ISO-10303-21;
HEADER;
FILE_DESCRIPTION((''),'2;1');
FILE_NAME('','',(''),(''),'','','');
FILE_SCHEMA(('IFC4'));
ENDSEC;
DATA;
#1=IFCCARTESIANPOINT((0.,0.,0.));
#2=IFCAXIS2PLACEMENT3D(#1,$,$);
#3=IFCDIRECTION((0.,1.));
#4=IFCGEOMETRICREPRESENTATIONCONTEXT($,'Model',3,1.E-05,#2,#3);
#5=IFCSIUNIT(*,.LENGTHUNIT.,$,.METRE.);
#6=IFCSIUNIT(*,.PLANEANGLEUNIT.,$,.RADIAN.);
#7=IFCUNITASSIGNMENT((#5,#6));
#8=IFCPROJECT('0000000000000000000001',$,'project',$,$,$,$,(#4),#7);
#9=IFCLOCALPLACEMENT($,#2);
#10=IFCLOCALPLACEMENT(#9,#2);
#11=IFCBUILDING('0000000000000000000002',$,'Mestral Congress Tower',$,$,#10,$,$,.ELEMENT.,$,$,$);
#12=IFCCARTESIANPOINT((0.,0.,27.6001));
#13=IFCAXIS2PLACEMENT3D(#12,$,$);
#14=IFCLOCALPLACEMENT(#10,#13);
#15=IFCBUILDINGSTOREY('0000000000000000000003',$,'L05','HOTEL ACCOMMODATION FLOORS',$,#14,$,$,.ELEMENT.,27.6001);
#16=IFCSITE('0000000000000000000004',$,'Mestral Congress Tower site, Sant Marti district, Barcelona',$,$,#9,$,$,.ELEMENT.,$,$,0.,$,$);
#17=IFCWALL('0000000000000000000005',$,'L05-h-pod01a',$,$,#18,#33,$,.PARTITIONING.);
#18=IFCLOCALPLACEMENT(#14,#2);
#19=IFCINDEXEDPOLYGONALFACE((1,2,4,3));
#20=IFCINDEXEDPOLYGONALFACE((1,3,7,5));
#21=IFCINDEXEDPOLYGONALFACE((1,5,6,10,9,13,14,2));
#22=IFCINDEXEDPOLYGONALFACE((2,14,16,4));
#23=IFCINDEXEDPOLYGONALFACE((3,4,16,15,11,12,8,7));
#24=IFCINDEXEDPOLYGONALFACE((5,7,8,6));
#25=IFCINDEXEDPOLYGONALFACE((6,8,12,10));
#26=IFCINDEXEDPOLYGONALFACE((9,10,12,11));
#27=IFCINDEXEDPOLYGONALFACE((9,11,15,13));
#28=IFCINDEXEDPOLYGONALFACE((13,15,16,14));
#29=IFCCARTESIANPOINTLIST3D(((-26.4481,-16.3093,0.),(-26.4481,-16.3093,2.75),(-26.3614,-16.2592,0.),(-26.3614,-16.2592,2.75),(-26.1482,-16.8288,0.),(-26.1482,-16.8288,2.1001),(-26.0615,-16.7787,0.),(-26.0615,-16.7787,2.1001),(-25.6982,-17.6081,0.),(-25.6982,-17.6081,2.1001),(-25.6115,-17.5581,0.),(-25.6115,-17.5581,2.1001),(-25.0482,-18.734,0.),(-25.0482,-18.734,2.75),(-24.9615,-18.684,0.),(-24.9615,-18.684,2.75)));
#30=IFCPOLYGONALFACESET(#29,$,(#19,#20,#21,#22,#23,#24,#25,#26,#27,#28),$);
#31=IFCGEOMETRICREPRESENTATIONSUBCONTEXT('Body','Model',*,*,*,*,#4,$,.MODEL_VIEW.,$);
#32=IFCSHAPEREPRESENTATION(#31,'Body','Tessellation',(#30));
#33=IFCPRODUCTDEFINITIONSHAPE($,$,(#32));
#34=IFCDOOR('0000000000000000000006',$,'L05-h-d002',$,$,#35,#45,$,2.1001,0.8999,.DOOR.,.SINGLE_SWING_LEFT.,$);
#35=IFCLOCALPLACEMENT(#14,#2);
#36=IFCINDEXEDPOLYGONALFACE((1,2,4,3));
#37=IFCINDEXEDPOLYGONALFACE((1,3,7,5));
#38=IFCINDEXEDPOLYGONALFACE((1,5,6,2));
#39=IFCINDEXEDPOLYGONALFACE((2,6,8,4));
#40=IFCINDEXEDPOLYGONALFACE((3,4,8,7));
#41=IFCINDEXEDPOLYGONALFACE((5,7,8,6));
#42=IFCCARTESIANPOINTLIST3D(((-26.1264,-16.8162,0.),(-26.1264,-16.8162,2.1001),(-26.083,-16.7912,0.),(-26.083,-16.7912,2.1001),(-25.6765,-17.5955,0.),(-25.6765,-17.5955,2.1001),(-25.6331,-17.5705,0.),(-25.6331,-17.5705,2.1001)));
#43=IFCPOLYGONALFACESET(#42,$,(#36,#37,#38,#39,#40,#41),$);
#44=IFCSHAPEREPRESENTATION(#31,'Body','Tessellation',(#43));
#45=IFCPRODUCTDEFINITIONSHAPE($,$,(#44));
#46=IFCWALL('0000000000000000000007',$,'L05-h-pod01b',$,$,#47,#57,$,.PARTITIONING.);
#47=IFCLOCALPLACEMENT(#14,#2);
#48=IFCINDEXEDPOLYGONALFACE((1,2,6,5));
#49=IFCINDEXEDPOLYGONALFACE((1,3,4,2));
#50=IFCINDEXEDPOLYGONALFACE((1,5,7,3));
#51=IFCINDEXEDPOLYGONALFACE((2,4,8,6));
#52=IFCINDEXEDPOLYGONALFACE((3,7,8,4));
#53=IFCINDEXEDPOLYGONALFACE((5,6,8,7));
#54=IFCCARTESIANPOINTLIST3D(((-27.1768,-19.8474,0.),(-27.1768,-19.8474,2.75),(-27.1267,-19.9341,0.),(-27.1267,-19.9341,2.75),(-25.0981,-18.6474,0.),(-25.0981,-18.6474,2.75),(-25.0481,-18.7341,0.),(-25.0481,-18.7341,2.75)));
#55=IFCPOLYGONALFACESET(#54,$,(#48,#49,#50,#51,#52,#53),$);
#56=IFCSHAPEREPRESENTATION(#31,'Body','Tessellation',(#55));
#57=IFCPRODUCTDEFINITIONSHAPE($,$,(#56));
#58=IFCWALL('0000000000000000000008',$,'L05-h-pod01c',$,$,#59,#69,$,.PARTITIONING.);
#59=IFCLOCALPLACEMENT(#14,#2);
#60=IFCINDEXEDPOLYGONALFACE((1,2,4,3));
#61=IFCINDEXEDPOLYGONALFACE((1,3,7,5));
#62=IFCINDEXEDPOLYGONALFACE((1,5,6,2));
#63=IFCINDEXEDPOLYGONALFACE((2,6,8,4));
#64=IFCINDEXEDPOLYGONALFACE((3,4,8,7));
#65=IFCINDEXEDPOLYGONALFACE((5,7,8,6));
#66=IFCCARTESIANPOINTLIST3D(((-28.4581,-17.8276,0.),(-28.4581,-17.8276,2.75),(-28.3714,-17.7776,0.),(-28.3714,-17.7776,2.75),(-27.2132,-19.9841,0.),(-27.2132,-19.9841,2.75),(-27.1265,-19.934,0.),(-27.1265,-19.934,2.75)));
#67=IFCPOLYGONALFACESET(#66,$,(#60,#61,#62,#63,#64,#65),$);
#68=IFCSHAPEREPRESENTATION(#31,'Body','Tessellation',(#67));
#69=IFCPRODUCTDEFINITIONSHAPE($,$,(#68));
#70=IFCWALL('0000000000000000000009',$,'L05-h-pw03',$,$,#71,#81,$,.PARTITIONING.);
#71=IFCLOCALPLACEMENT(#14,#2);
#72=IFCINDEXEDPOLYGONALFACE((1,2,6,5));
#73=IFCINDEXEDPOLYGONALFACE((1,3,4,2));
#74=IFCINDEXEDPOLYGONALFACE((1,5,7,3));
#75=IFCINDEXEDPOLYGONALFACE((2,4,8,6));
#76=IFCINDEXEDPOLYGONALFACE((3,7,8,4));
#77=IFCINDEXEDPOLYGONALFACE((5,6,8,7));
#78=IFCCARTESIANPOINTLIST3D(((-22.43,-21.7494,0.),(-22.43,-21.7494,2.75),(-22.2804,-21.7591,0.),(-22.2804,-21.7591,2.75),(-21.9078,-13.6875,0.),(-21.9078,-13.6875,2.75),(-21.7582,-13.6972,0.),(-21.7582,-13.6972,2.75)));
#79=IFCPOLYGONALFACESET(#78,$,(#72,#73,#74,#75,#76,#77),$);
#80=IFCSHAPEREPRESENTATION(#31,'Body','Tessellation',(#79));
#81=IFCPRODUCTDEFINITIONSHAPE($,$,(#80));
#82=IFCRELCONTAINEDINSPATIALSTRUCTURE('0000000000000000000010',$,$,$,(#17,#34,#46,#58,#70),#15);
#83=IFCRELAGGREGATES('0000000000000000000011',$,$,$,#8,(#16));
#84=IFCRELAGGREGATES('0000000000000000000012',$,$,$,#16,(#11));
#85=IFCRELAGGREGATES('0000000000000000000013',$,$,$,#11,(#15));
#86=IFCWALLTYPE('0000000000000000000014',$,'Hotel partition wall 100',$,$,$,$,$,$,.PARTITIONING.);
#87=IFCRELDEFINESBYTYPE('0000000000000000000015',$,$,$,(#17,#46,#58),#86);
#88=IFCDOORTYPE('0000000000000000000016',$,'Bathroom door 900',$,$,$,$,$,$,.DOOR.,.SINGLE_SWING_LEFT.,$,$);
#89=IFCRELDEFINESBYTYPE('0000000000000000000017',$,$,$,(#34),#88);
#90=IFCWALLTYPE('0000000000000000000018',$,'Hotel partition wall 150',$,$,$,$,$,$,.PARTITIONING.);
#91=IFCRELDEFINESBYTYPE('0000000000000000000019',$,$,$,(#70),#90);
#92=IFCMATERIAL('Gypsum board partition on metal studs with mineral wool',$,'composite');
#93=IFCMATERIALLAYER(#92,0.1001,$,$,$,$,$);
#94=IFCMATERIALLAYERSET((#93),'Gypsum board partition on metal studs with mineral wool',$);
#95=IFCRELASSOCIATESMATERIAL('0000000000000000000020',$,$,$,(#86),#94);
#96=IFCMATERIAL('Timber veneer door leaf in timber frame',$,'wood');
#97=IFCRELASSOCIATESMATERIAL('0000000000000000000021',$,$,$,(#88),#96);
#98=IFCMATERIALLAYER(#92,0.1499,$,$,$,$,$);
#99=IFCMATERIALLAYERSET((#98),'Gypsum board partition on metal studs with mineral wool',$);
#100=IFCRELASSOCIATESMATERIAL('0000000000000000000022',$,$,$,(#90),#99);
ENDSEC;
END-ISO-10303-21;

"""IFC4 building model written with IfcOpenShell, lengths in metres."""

from ifc_helpers import new_model, si_unit, direction, frame, frame_2d, origin, place, context, subcontext, project, spatial, rectangle, extrude, material, layer, layer_set, type_object, element, fill, save


model = new_model("IFC4")

# Units and contexts
model_context = context("Model", 3, precision=1e-05, world=origin(), true_north=direction((0.0, 1.0)))
body_context = subcontext(model_context, "Body", "Model", "MODEL_VIEW")
ifc_project = project(units=[si_unit("LENGTHUNIT", "METRE"), si_unit("PLANEANGLEUNIT", "RADIAN")], contexts=[model_context])

# Site, building, storey
site_placement = place(None, origin())
site = spatial("IfcSite", under=ifc_project, at=site_placement, Name="Mestral Congress Tower site, Sant Marti district, Barcelona", CompositionType="ELEMENT", RefElevation=0.0)
building_placement = place(site_placement, origin())
building = spatial("IfcBuilding", under=site, at=building_placement, Name="Mestral Congress Tower", CompositionType="ELEMENT")
storey_placement = place(building_placement, frame((0.0, 0.0, 27.6001)))
storey = spatial("IfcBuildingStorey", under=building, at=storey_placement, Name="L05", Description="HOTEL ACCOMMODATION FLOORS", CompositionType="ELEMENT", Elevation=27.6001)

# Wall, opening, door
ifc_material_1 = material(Name="Gypsum board partition on metal studs with mineral wool", Category="composite")
ifc_layer_1 = layer(ifc_material_1, 0.1001)
ifc_layer_set_1 = layer_set([ifc_layer_1], Name="Gypsum board partition on metal studs with mineral wool")
wall_type_1 = type_object("IfcWallType", Name="Hotel partition wall 100", PredefinedType="PARTITIONING", material=ifc_layer_set_1)
wall_1_placement = place(storey_placement, frame((-25.0049, -18.709, 0.0), z_axis=(0.0, 0.0, 1.0), x_axis=(-0.499984, 0.866035, 0.0)))
wall_1 = element("IfcWall", 1, at=wall_1_placement, inside=storey, type_object=wall_type_1, Name="L05-h-pod01a", PredefinedType="PARTITIONING", context=body_context, shape_type="SweptSolid", body=[
    extrude(rectangle(XDim=2.7998, YDim=0.1001, at=frame_2d((1.3999, 0.0))), origin(), (0.0, 0.0, 1.0), 2.75),
])
opening_1_placement = place(wall_1_placement, frame((1.3, 0.0, 0.0)))
opening_1 = element("IfcOpeningElement", 2, at=opening_1_placement, cuts=wall_1, PredefinedType="OPENING", context=body_context, shape_type="SweptSolid", body=[
    extrude(rectangle(XDim=0.8999, YDim=2.1001, at=frame_2d((0.45, 1.05))), frame((0.0, 0.0601, 0.0), z_axis=(0.0, -1.0, 0.0), x_axis=(1.0, 0.0, 0.0)), (0.0, 0.0, 1.0), 0.1201),
])
ifc_material_2 = material(Name="Timber veneer door leaf in timber frame", Category="wood")
door_type = type_object("IfcDoorType", Name="Bathroom door 900", OperationType="SINGLE_SWING_LEFT", PredefinedType="DOOR", material=ifc_material_2)
door_placement = place(opening_1_placement, origin())
door = element("IfcDoor", 3, at=door_placement, inside=storey, type_object=door_type, Name="L05-h-d002", OperationType="SINGLE_SWING_LEFT", OverallHeight=2.1001, OverallWidth=0.8999, PredefinedType="DOOR", context=body_context, shape_type="SweptSolid", body=[
    extrude(rectangle(XDim=0.8999, YDim=2.1001, at=frame_2d((0.45, 1.05))), frame((0.0, 0.0249, 0.0), z_axis=(0.0, -1.0, 0.0), x_axis=(1.0, 0.0, 0.0)), (0.0, 0.0, 1.0), 0.05),
])
fill(opening_1, door)

# Walls
wall_2_placement = place(storey_placement, frame((-25.073, -18.6907, 0.0), z_axis=(0.0, 0.0, 1.0), x_axis=(-0.86605, -0.499957, 0.0)))
element("IfcWall", 4, at=wall_2_placement, inside=storey, type_object=wall_type_1, Name="L05-h-pod01b", PredefinedType="PARTITIONING", context=body_context, shape_type="SweptSolid", body=[
    extrude(rectangle(XDim=2.4001, YDim=0.1001, at=frame_2d((1.2002, 0.0))), origin(), (0.0, 0.0, 1.0), 2.75),
])
wall_3_placement = place(storey_placement, frame((-28.4148, -17.8025, 0.0), z_axis=(0.0, 0.0, 1.0), x_axis=(0.499946, -0.866057, 0.0)))
element("IfcWall", 5, at=wall_3_placement, inside=storey, type_object=wall_type_1, Name="L05-h-pod01c", PredefinedType="PARTITIONING", context=body_context, shape_type="SweptSolid", body=[
    extrude(rectangle(XDim=2.49, YDim=0.1001, at=frame_2d((1.2451, 0.0))), origin(), (0.0, 0.0, 1.0), 2.75),
])
ifc_layer_2 = layer(ifc_material_1, 0.1499)
ifc_layer_set_2 = layer_set([ifc_layer_2], Name="Gypsum board partition on metal studs with mineral wool")
wall_type_2 = type_object("IfcWallType", Name="Hotel partition wall 150", PredefinedType="PARTITIONING", material=ifc_layer_set_2)
wall_4_placement = place(storey_placement, frame((-22.3552, -21.7544, 0.0), z_axis=(0.0, 0.0, 1.0), x_axis=(0.06464, 0.997909, 0.0)))
element("IfcWall", 6, at=wall_4_placement, inside=storey, type_object=wall_type_2, Name="L05-h-pw03", PredefinedType="PARTITIONING", context=body_context, shape_type="SweptSolid", body=[
    extrude(rectangle(XDim=8.0789, YDim=0.1499, at=frame_2d((4.0396, 0.0))), origin(), (0.0, 0.0, 1.0), 2.75),
])

save(model, "model.ifc")
